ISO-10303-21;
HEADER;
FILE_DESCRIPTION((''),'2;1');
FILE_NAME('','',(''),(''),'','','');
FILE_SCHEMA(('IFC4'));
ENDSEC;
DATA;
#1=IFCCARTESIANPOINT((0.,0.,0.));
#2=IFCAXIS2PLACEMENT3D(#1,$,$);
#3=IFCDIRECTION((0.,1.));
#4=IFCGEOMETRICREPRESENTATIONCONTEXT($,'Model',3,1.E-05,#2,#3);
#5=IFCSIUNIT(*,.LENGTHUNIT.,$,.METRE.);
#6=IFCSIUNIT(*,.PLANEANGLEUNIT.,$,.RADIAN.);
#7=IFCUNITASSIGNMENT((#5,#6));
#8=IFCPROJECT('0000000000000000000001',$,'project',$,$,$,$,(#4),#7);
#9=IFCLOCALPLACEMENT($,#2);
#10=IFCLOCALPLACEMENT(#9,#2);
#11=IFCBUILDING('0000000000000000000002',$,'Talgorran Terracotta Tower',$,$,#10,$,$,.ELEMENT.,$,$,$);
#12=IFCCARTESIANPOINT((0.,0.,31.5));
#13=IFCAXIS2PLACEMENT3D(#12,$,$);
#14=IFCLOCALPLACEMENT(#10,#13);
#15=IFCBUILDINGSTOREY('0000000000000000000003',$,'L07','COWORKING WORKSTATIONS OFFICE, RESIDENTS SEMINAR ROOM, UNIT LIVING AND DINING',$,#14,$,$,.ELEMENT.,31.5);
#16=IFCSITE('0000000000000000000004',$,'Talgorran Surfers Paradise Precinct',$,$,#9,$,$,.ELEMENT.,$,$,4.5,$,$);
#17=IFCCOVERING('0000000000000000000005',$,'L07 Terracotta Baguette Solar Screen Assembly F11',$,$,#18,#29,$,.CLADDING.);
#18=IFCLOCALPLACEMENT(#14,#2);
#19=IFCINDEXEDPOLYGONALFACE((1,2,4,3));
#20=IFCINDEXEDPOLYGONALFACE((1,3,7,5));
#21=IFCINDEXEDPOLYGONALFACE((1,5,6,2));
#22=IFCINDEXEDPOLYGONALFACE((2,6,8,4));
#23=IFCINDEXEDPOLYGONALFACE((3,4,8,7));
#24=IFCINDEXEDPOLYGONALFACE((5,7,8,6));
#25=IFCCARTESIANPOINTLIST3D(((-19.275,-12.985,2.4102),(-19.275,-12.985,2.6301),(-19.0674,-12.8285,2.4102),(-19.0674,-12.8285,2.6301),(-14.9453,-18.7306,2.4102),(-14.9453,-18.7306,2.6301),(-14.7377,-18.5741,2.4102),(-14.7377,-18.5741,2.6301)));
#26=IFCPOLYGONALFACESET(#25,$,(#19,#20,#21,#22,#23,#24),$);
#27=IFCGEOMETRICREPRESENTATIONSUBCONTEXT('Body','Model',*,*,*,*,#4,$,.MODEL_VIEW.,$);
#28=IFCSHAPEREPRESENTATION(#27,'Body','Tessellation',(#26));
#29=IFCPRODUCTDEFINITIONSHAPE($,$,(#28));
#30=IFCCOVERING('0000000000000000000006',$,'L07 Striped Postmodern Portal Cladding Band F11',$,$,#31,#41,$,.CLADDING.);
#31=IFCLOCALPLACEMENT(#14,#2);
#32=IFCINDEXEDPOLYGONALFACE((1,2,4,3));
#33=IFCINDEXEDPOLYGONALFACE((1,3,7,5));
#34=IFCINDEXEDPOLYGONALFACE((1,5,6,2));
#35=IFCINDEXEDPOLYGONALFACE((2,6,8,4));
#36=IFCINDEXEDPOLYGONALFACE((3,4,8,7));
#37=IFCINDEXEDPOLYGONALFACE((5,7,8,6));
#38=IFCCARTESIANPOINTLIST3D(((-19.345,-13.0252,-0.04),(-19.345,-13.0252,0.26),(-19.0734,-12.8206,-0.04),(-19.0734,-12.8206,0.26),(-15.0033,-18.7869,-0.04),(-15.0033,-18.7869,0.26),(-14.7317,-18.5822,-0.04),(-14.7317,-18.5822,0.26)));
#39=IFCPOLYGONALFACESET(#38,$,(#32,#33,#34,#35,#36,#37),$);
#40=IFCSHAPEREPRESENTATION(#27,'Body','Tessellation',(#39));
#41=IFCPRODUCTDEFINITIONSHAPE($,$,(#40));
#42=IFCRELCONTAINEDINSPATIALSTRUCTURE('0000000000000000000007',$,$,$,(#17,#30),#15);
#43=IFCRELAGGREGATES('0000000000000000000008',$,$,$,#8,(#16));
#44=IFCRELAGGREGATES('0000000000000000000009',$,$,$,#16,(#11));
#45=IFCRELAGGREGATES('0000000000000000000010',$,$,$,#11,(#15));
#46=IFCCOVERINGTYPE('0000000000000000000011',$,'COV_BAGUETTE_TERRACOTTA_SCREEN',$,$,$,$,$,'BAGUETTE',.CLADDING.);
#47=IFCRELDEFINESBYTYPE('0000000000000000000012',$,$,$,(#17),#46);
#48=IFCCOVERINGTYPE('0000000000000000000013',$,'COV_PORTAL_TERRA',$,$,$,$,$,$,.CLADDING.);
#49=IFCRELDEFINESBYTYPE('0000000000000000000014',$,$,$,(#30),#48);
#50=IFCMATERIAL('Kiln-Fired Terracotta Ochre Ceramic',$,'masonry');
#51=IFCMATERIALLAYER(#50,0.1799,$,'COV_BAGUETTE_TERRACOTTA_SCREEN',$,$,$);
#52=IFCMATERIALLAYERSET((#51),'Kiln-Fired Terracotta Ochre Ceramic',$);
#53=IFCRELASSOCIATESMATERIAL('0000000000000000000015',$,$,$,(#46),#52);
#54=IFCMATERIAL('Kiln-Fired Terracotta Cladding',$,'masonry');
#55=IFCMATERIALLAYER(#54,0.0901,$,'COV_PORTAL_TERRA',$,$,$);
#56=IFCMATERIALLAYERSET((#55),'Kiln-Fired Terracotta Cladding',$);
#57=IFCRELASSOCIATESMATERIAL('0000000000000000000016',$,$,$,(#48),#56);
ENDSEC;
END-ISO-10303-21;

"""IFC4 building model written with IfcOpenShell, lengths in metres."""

from ifc_helpers import new_model, si_unit, direction, frame, origin, origin_2d, place, context, subcontext, project, spatial, rectangle, extrude, material, layer, layer_set, type_object, element, save


model = new_model("IFC4")

# Units and contexts
model_context = context("Model", 3, precision=1e-05, world=origin(), true_north=direction((0.0, 1.0)))
body_context = subcontext(model_context, "Body", "Model", "MODEL_VIEW")
ifc_project = project(units=[si_unit("LENGTHUNIT", "METRE"), si_unit("PLANEANGLEUNIT", "RADIAN")], contexts=[model_context])

# Site, building, storey
site_placement = place(None, origin())
site = spatial("IfcSite", under=ifc_project, at=site_placement, Name="Talgorran Surfers Paradise Precinct", CompositionType="ELEMENT", RefElevation=4.5)
building_placement = place(site_placement, origin())
building = spatial("IfcBuilding", under=site, at=building_placement, Name="Talgorran Terracotta Tower", CompositionType="ELEMENT")
storey_placement = place(building_placement, frame((0.0, 0.0, 31.5)))
storey = spatial("IfcBuildingStorey", under=building, at=storey_placement, Name="L07", Description="COWORKING WORKSTATIONS OFFICE, RESIDENTS SEMINAR ROOM, UNIT LIVING AND DINING", CompositionType="ELEMENT", Elevation=31.5)

# Coverings
ifc_material_1 = material(Name="Kiln-Fired Terracotta Ochre Ceramic", Category="masonry")
ifc_layer_1 = layer(ifc_material_1, 0.1799, Name="COV_BAGUETTE_TERRACOTTA_SCREEN")
ifc_layer_set_1 = layer_set([ifc_layer_1], Name="Kiln-Fired Terracotta Ochre Ceramic")
covering_type_1 = type_object("IfcCoveringType", Name="COV_BAGUETTE_TERRACOTTA_SCREEN", ElementType="BAGUETTE", PredefinedType="CLADDING", material=ifc_layer_set_1)
covering_1_placement = place(storey_placement, frame((-17.0063, -15.7795, 2.4102), z_axis=(0.0, 0.0, 1.0), x_axis=(0.601815, -0.798636, 0.0)))
element("IfcCovering", 1, at=covering_1_placement, inside=storey, type_object=covering_type_1, Name="L07 Terracotta Baguette Solar Screen Assembly F11", PredefinedType="CLADDING", context=body_context, shape_type="SweptSolid", body=[
    extrude(rectangle(XDim=7.1943, YDim=0.26, at=origin_2d()), origin(), (0.0, 0.0, 1.0), 0.22),
])
ifc_material_2 = material(Name="Kiln-Fired Terracotta Cladding", Category="masonry")
ifc_layer_2 = layer(ifc_material_2, 0.0901, Name="COV_PORTAL_TERRA")
ifc_layer_set_2 = layer_set([ifc_layer_2], Name="Kiln-Fired Terracotta Cladding")
covering_type_2 = type_object("IfcCoveringType", Name="COV_PORTAL_TERRA", PredefinedType="CLADDING", material=ifc_layer_set_2)
covering_2_placement = place(storey_placement, frame((-17.0383, -15.8037, -0.04), z_axis=(0.0, 0.0, 1.0), x_axis=(0.601815, -0.798636, 0.0)))
element("IfcCovering", 2, at=covering_2_placement, inside=storey, type_object=covering_type_2, Name="L07 Striped Postmodern Portal Cladding Band F11", PredefinedType="CLADDING", context=body_context, shape_type="SweptSolid", body=[
    extrude(rectangle(XDim=7.2144, YDim=0.3401, at=origin_2d()), origin(), (0.0, 0.0, 1.0), 0.3),
])

save(model, "model.ifc")
